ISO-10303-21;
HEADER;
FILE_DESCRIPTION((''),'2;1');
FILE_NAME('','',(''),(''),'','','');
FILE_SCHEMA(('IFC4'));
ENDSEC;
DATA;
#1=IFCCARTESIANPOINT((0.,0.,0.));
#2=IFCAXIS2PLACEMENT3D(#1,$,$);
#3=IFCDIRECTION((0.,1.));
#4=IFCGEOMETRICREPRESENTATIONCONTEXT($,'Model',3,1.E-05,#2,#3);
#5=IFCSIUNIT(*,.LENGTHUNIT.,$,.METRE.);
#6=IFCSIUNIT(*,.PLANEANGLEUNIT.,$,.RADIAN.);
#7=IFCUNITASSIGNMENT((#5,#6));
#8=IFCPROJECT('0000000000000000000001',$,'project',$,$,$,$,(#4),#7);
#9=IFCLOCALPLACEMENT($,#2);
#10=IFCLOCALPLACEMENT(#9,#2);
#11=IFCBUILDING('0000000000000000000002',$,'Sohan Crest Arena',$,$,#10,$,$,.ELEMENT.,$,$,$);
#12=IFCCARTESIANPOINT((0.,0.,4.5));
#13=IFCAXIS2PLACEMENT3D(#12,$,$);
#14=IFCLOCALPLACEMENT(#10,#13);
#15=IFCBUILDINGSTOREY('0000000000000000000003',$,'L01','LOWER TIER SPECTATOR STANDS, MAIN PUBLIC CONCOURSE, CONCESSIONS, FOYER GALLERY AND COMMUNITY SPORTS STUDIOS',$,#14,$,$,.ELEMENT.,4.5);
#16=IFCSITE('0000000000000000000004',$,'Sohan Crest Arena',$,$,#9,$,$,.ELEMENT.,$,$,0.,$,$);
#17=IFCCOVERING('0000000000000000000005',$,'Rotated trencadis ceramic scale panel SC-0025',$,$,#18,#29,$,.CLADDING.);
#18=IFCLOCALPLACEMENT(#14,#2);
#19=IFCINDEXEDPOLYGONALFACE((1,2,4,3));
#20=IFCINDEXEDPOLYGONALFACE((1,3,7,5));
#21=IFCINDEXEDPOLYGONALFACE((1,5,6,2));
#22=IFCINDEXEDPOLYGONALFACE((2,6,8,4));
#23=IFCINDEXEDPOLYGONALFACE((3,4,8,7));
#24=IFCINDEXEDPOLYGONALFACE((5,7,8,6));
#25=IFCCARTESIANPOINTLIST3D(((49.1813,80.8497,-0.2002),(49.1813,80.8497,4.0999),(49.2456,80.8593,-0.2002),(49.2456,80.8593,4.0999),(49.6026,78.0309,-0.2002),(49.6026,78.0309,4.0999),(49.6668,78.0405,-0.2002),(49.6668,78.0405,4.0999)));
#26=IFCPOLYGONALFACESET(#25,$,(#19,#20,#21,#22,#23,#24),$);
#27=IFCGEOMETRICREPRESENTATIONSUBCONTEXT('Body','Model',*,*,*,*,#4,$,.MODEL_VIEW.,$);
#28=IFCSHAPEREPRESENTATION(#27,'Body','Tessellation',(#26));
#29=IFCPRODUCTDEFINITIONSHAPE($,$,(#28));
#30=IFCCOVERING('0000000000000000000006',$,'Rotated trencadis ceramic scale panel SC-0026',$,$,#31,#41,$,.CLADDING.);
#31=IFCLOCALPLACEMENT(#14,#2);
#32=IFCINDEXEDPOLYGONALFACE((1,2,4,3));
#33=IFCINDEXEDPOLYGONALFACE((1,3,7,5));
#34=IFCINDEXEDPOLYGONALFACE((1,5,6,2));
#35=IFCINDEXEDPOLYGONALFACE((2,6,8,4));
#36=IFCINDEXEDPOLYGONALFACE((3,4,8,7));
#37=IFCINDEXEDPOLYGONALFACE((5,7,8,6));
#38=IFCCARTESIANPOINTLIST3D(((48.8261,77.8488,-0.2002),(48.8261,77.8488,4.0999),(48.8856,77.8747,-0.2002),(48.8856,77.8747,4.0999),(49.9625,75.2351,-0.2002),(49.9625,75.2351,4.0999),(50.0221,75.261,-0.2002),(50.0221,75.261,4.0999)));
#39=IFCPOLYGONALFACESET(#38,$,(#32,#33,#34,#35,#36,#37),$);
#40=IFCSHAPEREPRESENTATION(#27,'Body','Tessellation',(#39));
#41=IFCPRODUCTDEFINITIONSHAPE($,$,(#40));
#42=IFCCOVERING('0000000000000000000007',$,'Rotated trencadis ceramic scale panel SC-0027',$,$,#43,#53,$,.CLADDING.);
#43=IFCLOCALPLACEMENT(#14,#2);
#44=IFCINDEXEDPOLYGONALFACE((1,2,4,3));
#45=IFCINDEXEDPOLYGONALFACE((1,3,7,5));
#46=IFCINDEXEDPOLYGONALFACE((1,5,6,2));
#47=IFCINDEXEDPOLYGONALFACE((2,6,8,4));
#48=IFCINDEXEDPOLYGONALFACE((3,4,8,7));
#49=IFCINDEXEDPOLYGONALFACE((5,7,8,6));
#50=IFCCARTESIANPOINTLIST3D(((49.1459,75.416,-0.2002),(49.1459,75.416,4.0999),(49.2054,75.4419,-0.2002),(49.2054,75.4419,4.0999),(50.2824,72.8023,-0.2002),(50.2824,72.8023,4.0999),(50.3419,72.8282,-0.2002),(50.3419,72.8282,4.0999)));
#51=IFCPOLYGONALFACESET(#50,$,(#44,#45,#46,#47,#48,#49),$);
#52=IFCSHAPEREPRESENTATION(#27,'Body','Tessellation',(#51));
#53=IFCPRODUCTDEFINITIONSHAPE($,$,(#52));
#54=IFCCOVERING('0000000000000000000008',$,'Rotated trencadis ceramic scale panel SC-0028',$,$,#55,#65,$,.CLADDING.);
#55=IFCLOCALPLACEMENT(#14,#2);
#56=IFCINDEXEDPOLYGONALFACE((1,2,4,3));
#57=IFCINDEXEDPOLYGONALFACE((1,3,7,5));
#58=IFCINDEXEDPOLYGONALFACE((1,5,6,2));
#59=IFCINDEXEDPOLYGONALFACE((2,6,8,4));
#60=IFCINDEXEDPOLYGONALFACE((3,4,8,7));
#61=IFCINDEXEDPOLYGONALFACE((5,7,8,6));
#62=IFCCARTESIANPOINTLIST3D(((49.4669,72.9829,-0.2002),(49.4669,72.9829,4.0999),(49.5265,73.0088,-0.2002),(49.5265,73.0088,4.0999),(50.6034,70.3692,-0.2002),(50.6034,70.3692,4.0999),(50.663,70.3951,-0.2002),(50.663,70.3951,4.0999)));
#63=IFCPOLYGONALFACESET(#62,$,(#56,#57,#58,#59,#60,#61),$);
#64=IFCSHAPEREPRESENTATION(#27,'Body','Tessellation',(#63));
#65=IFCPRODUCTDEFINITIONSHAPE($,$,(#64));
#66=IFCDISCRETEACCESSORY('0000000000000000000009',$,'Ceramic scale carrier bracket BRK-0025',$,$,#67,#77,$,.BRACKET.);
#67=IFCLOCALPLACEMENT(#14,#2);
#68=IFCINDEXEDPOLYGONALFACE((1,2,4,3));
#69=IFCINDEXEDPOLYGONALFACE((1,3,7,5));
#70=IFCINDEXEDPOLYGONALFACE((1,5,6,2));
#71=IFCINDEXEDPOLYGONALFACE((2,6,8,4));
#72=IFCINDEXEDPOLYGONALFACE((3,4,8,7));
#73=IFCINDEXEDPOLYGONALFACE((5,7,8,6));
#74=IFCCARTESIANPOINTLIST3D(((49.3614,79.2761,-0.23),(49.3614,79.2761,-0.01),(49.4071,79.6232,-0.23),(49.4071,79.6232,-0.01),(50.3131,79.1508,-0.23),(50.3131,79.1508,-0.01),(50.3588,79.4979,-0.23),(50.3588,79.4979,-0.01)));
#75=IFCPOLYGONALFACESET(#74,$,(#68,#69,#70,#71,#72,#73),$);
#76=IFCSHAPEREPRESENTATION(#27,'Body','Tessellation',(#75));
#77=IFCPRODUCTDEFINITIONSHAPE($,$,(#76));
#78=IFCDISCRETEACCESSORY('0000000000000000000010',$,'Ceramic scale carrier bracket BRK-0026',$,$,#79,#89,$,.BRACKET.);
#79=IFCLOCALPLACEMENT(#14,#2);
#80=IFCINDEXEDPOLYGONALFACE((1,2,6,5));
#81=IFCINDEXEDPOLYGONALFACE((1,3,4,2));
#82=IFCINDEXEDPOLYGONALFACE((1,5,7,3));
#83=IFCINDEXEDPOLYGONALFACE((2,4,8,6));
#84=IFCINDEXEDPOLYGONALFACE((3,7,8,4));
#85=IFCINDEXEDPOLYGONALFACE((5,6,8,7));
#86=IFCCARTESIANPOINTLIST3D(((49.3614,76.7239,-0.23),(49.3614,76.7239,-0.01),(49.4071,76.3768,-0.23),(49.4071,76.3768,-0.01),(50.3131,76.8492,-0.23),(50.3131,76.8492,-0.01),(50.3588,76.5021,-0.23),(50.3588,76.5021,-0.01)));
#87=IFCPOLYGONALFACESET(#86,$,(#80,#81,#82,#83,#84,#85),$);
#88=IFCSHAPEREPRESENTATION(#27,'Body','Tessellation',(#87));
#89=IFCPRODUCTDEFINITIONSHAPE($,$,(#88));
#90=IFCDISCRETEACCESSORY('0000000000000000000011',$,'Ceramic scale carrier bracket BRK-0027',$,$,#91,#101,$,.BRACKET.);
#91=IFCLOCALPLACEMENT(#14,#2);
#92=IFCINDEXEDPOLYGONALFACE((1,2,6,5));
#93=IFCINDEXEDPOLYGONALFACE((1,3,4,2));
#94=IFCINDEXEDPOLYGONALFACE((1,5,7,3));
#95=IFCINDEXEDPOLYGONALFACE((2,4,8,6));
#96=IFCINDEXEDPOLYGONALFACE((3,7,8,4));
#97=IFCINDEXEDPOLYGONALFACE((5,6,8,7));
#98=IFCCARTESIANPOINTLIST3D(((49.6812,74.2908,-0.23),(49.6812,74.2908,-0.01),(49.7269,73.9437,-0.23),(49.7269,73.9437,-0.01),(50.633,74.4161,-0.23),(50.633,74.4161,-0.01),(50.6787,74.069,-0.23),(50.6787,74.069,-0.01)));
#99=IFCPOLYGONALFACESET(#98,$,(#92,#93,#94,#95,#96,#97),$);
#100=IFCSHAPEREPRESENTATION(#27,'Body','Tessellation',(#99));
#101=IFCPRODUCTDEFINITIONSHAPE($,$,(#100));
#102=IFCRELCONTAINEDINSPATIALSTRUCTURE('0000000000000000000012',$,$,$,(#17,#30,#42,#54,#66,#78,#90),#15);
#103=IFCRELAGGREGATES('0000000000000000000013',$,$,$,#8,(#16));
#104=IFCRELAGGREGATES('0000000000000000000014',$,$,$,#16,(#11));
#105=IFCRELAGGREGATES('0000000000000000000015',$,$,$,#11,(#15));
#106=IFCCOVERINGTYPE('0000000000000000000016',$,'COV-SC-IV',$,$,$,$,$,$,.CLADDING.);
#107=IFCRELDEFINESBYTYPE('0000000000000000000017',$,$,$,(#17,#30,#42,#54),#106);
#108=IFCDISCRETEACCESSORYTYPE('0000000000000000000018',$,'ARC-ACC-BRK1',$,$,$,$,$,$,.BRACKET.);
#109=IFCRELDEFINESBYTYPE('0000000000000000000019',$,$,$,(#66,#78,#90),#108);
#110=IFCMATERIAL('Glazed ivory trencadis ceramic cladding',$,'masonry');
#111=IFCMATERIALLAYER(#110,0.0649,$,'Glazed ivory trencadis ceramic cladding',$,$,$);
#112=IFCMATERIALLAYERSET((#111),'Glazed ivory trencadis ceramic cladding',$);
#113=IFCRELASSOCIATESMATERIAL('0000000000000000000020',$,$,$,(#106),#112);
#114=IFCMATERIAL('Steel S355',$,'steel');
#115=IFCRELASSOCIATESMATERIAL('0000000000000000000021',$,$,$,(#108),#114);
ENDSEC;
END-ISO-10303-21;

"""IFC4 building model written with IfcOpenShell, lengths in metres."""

from ifc_helpers import new_model, si_unit, direction, frame, origin, origin_2d, place, context, subcontext, project, spatial, rectangle, extrude, material, layer, layer_set, type_object, element, save


model = new_model("IFC4")

# Units and contexts
model_context = context("Model", 3, precision=1e-05, world=origin(), true_north=direction((0.0, 1.0)))
body_context = subcontext(model_context, "Body", "Model", "MODEL_VIEW")
ifc_project = project(units=[si_unit("LENGTHUNIT", "METRE"), si_unit("PLANEANGLEUNIT", "RADIAN")], contexts=[model_context])

# Site, building, storey
site_placement = place(None, origin())
site = spatial("IfcSite", under=ifc_project, at=site_placement, Name="Sohan Crest Arena", CompositionType="ELEMENT", RefElevation=0.0)
building_placement = place(site_placement, origin())
building = spatial("IfcBuilding", under=site, at=building_placement, Name="Sohan Crest Arena", CompositionType="ELEMENT")
storey_placement = place(building_placement, frame((0.0, 0.0, 4.5)))
storey = spatial("IfcBuildingStorey", under=building, at=storey_placement, Name="L01", Description="LOWER TIER SPECTATOR STANDS, MAIN PUBLIC CONCOURSE, CONCESSIONS, FOYER GALLERY AND COMMUNITY SPORTS STUDIOS", CompositionType="ELEMENT", Elevation=4.5)

# Shared definitions
ifc_material_1 = material(Name="Steel S355", Category="steel")

# Coverings
ifc_material_2 = material(Name="Glazed ivory trencadis ceramic cladding", Category="masonry")
ifc_layer_1 = layer(ifc_material_2, 0.0649, Name="Glazed ivory trencadis ceramic cladding")
ifc_layer_set_1 = layer_set([ifc_layer_1], Name="Glazed ivory trencadis ceramic cladding")
covering_type = type_object("IfcCoveringType", Name="COV-SC-IV", PredefinedType="CLADDING", material=ifc_layer_set_1)
for number, where, z_axis, x_axis, name in (
    (1, (49.4241, 79.4451, -0.2002), (0.0, 0.0, 1.0), (0.147809, -0.989016, 0.0), "Rotated trencadis ceramic scale panel SC-0025"),
    (2, (49.4241, 76.5549, -0.2002), (0.0, 0.0, 1.0), (0.398749, -0.91706, 0.0), "Rotated trencadis ceramic scale panel SC-0026"),
    (3, (49.7439, 74.1221, -0.2002), (0.0, 0.0, 1.0), (0.398749, -0.91706, 0.0), "Rotated trencadis ceramic scale panel SC-0027"),
    (4, (50.0649, 71.689, -0.2002), (0.0, 0.0, 1.0), (0.398749, -0.91706, 0.0), "Rotated trencadis ceramic scale panel SC-0028"),
):
    element("IfcCovering", number, at=place(storey_placement, frame(where, z_axis=z_axis, x_axis=x_axis)), inside=storey, type_object=covering_type, Name=name, PredefinedType="CLADDING", context=body_context, shape_type="SweptSolid", body=[
        extrude(rectangle(XDim=2.8501, YDim=0.0649, at=origin_2d()), origin(), (0.0, 0.0, 1.0), 4.3),
    ])

# Discrete accessories
discrete_accessory_type = type_object("IfcDiscreteAccessoryType", Name="ARC-ACC-BRK1", PredefinedType="BRACKET", material=ifc_material_1)
for number, where, z_axis, x_axis, name in (
    (5, (49.8601, 79.387, -0.23), (0.0, 0.0, 1.0), (-0.130526, -0.991445, 0.0), "Ceramic scale carrier bracket BRK-0025"),
    (6, (49.8601, 76.613, -0.23), (0.0, 0.0, 1.0), (0.130526, -0.991445, 0.0), "Ceramic scale carrier bracket BRK-0026"),
    (7, (50.1799, 74.1799, -0.23), (0.0, 0.0, 1.0), (0.130526, -0.991445, 0.0), "Ceramic scale carrier bracket BRK-0027"),
):
    element("IfcDiscreteAccessory", number, at=place(storey_placement, frame(where, z_axis=z_axis, x_axis=x_axis)), inside=storey, type_object=discrete_accessory_type, Name=name, PredefinedType="BRACKET", context=body_context, shape_type="SweptSolid", body=[
        extrude(rectangle(XDim=0.3501, YDim=0.96, at=origin_2d()), origin(), (0.0, 0.0, 1.0), 0.22),
    ])

save(model, "model.ifc")
